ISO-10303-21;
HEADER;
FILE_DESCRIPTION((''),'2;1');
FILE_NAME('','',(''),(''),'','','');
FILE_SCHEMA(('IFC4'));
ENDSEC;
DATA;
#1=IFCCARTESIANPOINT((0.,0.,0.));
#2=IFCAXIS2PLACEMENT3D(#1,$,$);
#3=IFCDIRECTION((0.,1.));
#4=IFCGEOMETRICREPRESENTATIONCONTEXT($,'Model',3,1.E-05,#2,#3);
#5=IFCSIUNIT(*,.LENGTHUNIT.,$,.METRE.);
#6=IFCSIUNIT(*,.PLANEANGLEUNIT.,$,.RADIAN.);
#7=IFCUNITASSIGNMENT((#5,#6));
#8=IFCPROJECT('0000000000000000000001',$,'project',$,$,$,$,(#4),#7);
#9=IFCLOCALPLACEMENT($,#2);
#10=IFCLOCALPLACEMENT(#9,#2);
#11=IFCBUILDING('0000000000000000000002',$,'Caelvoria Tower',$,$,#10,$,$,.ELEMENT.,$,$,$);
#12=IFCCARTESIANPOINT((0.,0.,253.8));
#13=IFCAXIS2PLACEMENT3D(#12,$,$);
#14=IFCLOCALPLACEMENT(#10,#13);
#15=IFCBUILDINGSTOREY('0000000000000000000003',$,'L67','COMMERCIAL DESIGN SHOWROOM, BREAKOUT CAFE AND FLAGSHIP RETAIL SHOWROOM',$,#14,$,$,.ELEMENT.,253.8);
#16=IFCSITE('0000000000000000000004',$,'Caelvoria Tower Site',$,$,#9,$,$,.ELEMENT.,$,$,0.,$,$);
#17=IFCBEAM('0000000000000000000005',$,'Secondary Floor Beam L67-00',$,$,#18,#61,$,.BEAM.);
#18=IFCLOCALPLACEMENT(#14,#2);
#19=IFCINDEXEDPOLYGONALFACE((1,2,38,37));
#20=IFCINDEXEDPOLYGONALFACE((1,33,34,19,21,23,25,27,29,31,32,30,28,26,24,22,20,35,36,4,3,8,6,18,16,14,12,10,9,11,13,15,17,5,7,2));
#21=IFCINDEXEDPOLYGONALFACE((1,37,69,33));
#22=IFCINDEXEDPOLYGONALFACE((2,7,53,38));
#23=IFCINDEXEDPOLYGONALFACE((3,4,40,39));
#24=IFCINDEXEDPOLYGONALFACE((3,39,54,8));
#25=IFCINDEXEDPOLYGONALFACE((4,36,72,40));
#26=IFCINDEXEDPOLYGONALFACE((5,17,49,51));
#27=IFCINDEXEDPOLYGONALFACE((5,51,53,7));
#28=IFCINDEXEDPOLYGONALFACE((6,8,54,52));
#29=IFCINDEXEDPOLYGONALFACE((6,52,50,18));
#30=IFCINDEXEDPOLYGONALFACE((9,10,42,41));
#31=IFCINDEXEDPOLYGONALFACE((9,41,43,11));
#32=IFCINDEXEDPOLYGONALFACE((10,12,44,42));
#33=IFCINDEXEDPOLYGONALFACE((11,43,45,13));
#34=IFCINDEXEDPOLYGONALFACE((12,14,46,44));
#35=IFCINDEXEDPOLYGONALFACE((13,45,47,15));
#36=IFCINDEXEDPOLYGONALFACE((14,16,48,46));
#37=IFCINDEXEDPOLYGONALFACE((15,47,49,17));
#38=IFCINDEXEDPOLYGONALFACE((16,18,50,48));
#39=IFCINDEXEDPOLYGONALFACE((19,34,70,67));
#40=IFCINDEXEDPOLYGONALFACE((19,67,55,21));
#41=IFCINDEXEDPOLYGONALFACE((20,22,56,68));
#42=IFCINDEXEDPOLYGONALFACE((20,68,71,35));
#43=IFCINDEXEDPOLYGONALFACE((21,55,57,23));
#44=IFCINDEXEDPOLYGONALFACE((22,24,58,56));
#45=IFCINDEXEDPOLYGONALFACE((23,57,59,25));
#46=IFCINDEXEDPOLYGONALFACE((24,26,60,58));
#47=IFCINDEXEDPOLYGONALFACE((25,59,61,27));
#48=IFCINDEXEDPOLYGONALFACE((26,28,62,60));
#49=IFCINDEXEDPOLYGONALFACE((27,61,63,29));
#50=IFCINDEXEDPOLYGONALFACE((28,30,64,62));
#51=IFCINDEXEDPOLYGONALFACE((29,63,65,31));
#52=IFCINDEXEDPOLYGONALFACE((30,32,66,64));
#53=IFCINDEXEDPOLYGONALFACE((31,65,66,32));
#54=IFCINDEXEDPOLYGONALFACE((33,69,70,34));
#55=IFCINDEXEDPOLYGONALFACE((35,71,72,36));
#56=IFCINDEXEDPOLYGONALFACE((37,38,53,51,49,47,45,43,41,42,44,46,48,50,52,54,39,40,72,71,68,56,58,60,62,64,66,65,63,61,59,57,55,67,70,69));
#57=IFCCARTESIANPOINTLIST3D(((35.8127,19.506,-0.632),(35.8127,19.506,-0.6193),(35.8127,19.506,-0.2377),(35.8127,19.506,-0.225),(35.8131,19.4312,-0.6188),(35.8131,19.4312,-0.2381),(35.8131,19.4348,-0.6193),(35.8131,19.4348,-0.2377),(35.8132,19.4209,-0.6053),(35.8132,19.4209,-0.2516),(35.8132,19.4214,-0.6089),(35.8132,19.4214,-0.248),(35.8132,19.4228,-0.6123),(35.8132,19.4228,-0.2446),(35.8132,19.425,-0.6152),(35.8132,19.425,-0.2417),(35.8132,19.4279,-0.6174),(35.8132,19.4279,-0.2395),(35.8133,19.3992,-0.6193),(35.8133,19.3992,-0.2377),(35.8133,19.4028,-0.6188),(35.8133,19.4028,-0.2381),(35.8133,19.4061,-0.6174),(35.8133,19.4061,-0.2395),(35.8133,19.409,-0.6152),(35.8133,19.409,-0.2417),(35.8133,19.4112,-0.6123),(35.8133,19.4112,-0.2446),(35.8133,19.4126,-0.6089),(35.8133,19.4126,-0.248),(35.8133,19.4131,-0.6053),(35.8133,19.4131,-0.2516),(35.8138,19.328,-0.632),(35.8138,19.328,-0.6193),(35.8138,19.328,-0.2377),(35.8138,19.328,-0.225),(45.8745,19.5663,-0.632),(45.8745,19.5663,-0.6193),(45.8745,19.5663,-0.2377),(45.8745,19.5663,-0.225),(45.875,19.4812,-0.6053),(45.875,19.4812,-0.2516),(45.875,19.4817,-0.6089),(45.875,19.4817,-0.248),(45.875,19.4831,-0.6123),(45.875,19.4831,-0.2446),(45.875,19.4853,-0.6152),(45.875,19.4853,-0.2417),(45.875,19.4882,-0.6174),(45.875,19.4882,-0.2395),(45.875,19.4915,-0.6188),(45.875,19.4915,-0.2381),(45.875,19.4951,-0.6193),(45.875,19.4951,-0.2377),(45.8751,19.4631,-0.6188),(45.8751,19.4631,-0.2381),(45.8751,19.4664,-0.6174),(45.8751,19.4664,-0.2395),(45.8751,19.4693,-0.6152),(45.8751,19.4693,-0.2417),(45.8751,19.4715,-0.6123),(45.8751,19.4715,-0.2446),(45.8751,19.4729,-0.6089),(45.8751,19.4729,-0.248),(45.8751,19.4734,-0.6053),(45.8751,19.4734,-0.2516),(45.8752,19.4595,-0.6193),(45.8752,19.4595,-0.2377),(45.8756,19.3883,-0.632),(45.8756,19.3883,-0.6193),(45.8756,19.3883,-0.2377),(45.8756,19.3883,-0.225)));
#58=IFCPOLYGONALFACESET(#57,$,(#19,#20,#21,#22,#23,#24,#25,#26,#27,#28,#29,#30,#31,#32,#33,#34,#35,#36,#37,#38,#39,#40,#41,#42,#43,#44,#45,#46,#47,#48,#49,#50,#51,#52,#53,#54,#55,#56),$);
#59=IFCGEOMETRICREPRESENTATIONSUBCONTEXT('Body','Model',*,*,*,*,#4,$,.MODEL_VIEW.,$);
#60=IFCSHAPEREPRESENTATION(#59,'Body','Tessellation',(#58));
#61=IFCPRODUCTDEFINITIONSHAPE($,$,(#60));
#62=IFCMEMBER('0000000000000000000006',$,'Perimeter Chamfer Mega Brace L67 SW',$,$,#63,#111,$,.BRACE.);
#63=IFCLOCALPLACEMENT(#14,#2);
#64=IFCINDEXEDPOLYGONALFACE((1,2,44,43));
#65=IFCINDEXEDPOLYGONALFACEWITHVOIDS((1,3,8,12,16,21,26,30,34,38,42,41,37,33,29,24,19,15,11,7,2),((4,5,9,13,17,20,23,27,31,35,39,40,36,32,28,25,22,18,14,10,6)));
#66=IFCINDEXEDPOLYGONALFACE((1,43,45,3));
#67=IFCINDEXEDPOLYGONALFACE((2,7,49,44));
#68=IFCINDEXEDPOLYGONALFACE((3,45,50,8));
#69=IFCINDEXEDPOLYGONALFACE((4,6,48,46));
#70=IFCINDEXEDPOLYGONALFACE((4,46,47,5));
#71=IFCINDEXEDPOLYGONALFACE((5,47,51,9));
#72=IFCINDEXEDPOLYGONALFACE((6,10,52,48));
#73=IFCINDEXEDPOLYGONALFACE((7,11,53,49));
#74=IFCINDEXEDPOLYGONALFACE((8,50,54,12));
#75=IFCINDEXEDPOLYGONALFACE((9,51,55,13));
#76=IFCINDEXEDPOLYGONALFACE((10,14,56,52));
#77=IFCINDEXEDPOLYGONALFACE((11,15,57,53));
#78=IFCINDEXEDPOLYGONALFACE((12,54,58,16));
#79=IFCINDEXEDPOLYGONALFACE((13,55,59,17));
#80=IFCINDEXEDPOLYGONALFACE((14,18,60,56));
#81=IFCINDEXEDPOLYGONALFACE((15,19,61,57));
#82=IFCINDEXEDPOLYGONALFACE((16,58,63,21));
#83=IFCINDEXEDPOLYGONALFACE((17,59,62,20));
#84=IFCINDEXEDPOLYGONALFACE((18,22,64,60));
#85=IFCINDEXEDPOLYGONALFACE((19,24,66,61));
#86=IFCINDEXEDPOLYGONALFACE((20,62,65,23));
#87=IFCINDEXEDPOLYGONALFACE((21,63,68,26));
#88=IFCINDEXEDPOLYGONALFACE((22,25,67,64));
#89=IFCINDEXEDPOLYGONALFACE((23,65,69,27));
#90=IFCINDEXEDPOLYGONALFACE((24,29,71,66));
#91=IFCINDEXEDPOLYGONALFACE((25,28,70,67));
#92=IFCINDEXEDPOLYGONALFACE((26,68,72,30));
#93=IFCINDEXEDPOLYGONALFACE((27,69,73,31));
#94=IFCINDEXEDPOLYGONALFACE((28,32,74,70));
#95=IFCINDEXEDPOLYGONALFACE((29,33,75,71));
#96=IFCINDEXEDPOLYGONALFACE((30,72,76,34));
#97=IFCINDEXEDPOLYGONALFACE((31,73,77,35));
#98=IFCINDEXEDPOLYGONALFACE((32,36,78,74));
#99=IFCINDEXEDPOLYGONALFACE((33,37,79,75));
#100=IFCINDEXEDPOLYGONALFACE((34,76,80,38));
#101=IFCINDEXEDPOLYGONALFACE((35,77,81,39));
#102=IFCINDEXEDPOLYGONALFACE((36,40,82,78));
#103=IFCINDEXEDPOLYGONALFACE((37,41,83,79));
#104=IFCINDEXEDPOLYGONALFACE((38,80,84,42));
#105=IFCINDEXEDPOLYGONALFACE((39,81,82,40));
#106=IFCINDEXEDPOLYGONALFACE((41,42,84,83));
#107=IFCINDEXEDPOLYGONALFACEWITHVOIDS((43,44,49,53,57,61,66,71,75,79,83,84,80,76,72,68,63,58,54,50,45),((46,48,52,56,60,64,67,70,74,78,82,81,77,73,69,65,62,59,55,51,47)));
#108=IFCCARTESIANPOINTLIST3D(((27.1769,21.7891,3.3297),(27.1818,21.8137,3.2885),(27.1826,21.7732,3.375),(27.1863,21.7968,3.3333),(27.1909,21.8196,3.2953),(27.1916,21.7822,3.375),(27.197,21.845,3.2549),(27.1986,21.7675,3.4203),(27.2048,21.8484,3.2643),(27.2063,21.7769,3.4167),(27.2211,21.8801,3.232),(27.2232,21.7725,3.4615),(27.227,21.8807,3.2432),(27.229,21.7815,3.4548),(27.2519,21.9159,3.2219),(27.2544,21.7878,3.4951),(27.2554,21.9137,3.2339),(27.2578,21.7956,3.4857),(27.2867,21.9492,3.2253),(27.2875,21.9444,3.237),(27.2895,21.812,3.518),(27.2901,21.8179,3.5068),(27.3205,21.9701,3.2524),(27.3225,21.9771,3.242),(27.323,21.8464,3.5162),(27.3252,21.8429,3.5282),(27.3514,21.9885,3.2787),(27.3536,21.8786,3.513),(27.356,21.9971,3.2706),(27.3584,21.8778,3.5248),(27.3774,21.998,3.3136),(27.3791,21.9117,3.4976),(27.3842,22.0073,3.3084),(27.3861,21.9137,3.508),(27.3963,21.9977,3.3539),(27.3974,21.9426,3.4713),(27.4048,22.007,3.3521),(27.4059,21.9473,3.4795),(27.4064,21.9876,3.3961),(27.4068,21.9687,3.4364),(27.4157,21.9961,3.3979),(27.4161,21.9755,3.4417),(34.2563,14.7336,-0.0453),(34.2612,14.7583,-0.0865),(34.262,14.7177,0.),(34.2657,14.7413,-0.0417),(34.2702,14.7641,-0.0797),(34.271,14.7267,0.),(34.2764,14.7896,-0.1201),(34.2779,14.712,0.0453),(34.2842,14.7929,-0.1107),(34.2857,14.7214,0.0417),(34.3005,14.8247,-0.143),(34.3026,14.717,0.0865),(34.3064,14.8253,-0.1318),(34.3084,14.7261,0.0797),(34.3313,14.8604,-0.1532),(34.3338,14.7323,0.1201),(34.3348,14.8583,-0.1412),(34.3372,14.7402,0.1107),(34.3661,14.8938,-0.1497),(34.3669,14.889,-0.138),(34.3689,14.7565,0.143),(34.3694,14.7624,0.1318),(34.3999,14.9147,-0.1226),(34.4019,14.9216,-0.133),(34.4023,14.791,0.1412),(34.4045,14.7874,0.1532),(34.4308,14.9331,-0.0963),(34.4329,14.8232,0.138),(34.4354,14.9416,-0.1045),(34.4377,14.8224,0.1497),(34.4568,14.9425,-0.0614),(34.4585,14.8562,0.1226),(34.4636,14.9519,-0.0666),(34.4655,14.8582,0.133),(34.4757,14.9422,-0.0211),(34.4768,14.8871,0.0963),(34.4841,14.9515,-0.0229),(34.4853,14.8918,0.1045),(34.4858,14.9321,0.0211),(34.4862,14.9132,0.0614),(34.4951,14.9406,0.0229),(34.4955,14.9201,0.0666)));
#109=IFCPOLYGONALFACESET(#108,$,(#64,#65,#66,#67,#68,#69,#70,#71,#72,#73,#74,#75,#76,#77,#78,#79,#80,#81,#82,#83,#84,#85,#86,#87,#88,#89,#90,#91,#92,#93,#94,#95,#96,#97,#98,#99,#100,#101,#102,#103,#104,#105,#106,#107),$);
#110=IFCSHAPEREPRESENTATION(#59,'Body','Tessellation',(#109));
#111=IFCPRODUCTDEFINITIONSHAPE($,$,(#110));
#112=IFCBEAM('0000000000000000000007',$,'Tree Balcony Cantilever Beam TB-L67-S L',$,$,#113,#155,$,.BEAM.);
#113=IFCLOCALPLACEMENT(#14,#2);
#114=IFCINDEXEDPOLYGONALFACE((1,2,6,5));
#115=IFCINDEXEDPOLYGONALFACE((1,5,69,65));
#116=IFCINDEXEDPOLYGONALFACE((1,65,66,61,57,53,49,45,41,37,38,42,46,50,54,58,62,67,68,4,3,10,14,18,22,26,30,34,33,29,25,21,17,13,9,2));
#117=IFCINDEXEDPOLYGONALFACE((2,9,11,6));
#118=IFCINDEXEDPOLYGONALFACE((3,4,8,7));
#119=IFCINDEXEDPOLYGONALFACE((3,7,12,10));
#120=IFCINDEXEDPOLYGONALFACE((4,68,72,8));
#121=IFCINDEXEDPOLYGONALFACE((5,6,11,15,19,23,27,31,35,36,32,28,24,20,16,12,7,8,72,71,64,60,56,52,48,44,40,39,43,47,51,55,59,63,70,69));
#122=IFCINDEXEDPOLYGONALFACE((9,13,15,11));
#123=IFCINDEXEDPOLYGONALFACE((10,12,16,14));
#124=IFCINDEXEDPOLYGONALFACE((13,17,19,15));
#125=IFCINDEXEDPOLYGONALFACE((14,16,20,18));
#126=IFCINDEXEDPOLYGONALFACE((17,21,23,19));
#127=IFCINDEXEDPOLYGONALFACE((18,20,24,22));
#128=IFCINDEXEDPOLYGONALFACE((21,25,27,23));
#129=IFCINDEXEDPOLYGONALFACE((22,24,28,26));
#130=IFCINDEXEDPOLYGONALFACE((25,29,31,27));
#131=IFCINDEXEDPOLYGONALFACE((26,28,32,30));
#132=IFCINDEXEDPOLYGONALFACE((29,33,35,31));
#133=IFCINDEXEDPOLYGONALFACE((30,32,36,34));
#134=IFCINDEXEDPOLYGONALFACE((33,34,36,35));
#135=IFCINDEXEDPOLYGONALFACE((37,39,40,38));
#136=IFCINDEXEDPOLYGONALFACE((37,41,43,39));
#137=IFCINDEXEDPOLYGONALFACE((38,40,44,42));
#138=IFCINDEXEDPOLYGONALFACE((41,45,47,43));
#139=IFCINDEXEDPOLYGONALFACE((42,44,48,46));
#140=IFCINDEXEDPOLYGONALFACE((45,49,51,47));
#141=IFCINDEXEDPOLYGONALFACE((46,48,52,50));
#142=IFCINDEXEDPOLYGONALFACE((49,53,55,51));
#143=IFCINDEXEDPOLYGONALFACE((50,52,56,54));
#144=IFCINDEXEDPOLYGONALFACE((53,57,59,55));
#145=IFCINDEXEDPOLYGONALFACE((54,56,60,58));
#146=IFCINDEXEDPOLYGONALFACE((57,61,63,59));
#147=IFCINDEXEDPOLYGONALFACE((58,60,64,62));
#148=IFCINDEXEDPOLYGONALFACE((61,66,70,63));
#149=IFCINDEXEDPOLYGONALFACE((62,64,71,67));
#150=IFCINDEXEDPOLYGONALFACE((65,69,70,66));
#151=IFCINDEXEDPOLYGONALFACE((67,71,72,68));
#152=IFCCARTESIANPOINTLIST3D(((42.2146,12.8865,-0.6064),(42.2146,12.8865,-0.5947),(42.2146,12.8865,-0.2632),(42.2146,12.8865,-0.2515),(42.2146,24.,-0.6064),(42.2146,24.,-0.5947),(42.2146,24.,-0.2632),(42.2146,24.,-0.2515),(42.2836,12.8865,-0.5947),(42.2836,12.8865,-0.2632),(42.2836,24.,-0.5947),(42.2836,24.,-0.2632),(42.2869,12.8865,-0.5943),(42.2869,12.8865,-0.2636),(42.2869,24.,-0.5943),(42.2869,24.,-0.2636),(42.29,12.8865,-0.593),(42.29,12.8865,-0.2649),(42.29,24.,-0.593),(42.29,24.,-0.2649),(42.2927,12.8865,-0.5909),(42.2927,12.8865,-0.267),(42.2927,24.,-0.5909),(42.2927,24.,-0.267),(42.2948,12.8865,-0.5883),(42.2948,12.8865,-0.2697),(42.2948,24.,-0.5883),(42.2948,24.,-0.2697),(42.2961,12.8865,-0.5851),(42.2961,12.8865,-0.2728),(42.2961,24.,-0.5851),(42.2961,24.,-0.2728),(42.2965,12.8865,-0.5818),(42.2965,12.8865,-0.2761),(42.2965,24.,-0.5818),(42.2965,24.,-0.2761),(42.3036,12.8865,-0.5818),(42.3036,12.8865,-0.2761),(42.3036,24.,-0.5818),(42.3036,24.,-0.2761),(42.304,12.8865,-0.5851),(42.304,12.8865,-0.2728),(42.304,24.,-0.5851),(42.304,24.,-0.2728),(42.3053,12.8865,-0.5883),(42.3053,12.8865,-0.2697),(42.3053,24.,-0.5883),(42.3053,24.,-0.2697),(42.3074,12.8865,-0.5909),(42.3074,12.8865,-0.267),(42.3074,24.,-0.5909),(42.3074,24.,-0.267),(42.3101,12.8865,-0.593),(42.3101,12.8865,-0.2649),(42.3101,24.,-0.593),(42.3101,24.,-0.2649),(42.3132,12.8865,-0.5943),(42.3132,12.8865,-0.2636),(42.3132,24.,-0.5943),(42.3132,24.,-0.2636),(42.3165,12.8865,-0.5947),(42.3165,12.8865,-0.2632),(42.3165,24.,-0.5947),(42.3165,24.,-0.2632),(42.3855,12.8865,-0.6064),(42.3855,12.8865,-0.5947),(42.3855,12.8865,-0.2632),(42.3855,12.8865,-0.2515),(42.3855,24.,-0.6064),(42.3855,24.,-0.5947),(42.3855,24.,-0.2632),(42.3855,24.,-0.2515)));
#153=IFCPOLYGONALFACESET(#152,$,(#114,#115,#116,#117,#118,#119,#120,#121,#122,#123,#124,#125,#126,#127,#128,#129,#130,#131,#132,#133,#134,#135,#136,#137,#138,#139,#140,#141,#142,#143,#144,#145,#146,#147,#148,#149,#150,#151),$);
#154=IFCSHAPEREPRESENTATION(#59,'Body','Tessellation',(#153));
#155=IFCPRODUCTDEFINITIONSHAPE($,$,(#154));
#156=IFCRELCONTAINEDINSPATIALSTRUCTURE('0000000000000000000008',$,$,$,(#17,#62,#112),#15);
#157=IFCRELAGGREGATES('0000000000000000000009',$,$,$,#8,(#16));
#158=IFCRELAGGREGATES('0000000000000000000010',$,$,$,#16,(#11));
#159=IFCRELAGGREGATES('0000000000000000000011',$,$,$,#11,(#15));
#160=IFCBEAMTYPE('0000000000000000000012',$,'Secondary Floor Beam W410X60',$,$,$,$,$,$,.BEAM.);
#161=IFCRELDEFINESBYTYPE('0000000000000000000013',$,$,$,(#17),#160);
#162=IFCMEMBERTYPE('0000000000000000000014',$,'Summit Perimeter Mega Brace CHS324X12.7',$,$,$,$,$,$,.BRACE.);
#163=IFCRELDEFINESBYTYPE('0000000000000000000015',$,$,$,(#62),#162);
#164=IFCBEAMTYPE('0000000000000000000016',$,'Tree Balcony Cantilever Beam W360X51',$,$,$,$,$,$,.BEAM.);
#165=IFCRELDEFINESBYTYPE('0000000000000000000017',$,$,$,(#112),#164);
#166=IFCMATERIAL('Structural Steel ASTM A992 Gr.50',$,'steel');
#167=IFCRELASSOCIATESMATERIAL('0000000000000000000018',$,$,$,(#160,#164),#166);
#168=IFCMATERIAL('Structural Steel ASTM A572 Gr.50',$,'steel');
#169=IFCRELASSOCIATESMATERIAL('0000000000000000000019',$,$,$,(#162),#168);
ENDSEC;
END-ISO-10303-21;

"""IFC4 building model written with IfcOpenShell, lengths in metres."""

from ifc_helpers import new_model, si_unit, direction, frame, origin, origin_2d, place, context, subcontext, project, spatial, hollow_circle, i_section, extrude, material, material_profile, profile_set, type_object, element, save


model = new_model("IFC4")

# Units and contexts
model_context = context("Model", 3, precision=1e-05, world=origin(), true_north=direction((0.0, 1.0)))
body_context = subcontext(model_context, "Body", "Model", "MODEL_VIEW")
ifc_project = project(units=[si_unit("LENGTHUNIT", "METRE"), si_unit("PLANEANGLEUNIT", "RADIAN")], contexts=[model_context])

# Site, building, storey
site_placement = place(None, origin())
site = spatial("IfcSite", under=ifc_project, at=site_placement, Name="Caelvoria Tower Site", CompositionType="ELEMENT", RefElevation=0.0)
building_placement = place(site_placement, origin())
building = spatial("IfcBuilding", under=site, at=building_placement, Name="Caelvoria Tower", CompositionType="ELEMENT")
storey_placement = place(building_placement, frame((0.0, 0.0, 253.8)))
storey = spatial("IfcBuildingStorey", under=building, at=storey_placement, Name="L67", Description="COMMERCIAL DESIGN SHOWROOM, BREAKOUT CAFE AND FLAGSHIP RETAIL SHOWROOM", CompositionType="ELEMENT", Elevation=253.8)

# Shared definitions
ifc_material_1 = material(Name="Structural Steel ASTM A572 Gr.50", Category="steel")

# Beam
ifc_material_2 = material(Name="Structural Steel ASTM A992 Gr.50", Category="steel")
ifc_material_profile_1 = material_profile(ifc_material_2, i_section(OverallWidth=0.178, OverallDepth=0.407, WebThickness=0.0078, FlangeThickness=0.0127, FilletRadius=0.0139, at=origin_2d()), Name="Structural Steel ASTM A992 Gr.50")
ifc_profile_set_1 = profile_set([ifc_material_profile_1], Name="W410X60 - Structural Steel ASTM A992 Gr.50")
beam_type_1 = type_object("IfcBeamType", Name="Secondary Floor Beam W410X60", PredefinedType="BEAM", material=ifc_profile_set_1)
beam_1_placement = place(storey_placement, frame((35.8132, 19.417, -0.4285), z_axis=(0.999982, 0.005993, 0.0), x_axis=(-0.005993, 0.999982, 0.0)))
element("IfcBeam", 1, at=beam_1_placement, inside=storey, type_object=beam_type_1, Name="Secondary Floor Beam L67-00", PredefinedType="BEAM", context=body_context, shape_type="SweptSolid", body=[
    extrude(i_section(OverallWidth=0.178, OverallDepth=0.407, WebThickness=0.0078, FlangeThickness=0.0127, FilletRadius=0.0139, at=origin_2d()), origin(), (0.0, 0.0, 1.0), 10.062),
])

# Member
ifc_material_profile_2 = material_profile(ifc_material_1, hollow_circle(Radius=0.1621, WallThickness=0.0127, at=origin_2d()), Name="Structural Steel ASTM A572 Gr.50")
ifc_profile_set_2 = profile_set([ifc_material_profile_2], Name="CHS324X12.7 - Structural Steel ASTM A572 Gr.50")
member_type = type_object("IfcMemberType", Name="Summit Perimeter Mega Brace CHS324X12.7", PredefinedType="BRACE", material=ifc_profile_set_2)
member_placement = place(storey_placement, frame((34.3765, 14.8325, 0.0), z_axis=(-0.671076, 0.668808, 0.319928), x_axis=(-0.705909, -0.708303, 0.0)))
element("IfcMember", 2, at=member_placement, inside=storey, type_object=member_type, Name="Perimeter Chamfer Mega Brace L67 SW", PredefinedType="BRACE", context=body_context, shape_type="SweptSolid", body=[
    extrude(hollow_circle(Radius=0.1621, WallThickness=0.0127, at=origin_2d()), origin(), (0.0, 0.0, 1.0), 10.5493),
])

# Beam
ifc_material_profile_3 = material_profile(ifc_material_2, i_section(OverallWidth=0.1709, OverallDepth=0.355, WebThickness=0.0071, FlangeThickness=0.0117, FilletRadius=0.0129, at=origin_2d()), Name="Structural Steel ASTM A992 Gr.50")
ifc_profile_set_3 = profile_set([ifc_material_profile_3], Name="W360X51 - Structural Steel ASTM A992 Gr.50")
beam_type_2 = type_object("IfcBeamType", Name="Tree Balcony Cantilever Beam W360X51", PredefinedType="BEAM", material=ifc_profile_set_3)
beam_2_placement = place(storey_placement, frame((42.3, 24.0, -0.429), z_axis=(0.0, -1.0, 0.0), x_axis=(1.0, 0.0, 0.0)))
element("IfcBeam", 3, at=beam_2_placement, inside=storey, type_object=beam_type_2, Name="Tree Balcony Cantilever Beam TB-L67-S L", PredefinedType="BEAM", context=body_context, shape_type="SweptSolid", body=[
    extrude(i_section(OverallWidth=0.1709, OverallDepth=0.355, WebThickness=0.0071, FlangeThickness=0.0117, FilletRadius=0.0129, at=origin_2d()), origin(), (0.0, 0.0, 1.0), 11.1135),
])

save(model, "model.ifc")
